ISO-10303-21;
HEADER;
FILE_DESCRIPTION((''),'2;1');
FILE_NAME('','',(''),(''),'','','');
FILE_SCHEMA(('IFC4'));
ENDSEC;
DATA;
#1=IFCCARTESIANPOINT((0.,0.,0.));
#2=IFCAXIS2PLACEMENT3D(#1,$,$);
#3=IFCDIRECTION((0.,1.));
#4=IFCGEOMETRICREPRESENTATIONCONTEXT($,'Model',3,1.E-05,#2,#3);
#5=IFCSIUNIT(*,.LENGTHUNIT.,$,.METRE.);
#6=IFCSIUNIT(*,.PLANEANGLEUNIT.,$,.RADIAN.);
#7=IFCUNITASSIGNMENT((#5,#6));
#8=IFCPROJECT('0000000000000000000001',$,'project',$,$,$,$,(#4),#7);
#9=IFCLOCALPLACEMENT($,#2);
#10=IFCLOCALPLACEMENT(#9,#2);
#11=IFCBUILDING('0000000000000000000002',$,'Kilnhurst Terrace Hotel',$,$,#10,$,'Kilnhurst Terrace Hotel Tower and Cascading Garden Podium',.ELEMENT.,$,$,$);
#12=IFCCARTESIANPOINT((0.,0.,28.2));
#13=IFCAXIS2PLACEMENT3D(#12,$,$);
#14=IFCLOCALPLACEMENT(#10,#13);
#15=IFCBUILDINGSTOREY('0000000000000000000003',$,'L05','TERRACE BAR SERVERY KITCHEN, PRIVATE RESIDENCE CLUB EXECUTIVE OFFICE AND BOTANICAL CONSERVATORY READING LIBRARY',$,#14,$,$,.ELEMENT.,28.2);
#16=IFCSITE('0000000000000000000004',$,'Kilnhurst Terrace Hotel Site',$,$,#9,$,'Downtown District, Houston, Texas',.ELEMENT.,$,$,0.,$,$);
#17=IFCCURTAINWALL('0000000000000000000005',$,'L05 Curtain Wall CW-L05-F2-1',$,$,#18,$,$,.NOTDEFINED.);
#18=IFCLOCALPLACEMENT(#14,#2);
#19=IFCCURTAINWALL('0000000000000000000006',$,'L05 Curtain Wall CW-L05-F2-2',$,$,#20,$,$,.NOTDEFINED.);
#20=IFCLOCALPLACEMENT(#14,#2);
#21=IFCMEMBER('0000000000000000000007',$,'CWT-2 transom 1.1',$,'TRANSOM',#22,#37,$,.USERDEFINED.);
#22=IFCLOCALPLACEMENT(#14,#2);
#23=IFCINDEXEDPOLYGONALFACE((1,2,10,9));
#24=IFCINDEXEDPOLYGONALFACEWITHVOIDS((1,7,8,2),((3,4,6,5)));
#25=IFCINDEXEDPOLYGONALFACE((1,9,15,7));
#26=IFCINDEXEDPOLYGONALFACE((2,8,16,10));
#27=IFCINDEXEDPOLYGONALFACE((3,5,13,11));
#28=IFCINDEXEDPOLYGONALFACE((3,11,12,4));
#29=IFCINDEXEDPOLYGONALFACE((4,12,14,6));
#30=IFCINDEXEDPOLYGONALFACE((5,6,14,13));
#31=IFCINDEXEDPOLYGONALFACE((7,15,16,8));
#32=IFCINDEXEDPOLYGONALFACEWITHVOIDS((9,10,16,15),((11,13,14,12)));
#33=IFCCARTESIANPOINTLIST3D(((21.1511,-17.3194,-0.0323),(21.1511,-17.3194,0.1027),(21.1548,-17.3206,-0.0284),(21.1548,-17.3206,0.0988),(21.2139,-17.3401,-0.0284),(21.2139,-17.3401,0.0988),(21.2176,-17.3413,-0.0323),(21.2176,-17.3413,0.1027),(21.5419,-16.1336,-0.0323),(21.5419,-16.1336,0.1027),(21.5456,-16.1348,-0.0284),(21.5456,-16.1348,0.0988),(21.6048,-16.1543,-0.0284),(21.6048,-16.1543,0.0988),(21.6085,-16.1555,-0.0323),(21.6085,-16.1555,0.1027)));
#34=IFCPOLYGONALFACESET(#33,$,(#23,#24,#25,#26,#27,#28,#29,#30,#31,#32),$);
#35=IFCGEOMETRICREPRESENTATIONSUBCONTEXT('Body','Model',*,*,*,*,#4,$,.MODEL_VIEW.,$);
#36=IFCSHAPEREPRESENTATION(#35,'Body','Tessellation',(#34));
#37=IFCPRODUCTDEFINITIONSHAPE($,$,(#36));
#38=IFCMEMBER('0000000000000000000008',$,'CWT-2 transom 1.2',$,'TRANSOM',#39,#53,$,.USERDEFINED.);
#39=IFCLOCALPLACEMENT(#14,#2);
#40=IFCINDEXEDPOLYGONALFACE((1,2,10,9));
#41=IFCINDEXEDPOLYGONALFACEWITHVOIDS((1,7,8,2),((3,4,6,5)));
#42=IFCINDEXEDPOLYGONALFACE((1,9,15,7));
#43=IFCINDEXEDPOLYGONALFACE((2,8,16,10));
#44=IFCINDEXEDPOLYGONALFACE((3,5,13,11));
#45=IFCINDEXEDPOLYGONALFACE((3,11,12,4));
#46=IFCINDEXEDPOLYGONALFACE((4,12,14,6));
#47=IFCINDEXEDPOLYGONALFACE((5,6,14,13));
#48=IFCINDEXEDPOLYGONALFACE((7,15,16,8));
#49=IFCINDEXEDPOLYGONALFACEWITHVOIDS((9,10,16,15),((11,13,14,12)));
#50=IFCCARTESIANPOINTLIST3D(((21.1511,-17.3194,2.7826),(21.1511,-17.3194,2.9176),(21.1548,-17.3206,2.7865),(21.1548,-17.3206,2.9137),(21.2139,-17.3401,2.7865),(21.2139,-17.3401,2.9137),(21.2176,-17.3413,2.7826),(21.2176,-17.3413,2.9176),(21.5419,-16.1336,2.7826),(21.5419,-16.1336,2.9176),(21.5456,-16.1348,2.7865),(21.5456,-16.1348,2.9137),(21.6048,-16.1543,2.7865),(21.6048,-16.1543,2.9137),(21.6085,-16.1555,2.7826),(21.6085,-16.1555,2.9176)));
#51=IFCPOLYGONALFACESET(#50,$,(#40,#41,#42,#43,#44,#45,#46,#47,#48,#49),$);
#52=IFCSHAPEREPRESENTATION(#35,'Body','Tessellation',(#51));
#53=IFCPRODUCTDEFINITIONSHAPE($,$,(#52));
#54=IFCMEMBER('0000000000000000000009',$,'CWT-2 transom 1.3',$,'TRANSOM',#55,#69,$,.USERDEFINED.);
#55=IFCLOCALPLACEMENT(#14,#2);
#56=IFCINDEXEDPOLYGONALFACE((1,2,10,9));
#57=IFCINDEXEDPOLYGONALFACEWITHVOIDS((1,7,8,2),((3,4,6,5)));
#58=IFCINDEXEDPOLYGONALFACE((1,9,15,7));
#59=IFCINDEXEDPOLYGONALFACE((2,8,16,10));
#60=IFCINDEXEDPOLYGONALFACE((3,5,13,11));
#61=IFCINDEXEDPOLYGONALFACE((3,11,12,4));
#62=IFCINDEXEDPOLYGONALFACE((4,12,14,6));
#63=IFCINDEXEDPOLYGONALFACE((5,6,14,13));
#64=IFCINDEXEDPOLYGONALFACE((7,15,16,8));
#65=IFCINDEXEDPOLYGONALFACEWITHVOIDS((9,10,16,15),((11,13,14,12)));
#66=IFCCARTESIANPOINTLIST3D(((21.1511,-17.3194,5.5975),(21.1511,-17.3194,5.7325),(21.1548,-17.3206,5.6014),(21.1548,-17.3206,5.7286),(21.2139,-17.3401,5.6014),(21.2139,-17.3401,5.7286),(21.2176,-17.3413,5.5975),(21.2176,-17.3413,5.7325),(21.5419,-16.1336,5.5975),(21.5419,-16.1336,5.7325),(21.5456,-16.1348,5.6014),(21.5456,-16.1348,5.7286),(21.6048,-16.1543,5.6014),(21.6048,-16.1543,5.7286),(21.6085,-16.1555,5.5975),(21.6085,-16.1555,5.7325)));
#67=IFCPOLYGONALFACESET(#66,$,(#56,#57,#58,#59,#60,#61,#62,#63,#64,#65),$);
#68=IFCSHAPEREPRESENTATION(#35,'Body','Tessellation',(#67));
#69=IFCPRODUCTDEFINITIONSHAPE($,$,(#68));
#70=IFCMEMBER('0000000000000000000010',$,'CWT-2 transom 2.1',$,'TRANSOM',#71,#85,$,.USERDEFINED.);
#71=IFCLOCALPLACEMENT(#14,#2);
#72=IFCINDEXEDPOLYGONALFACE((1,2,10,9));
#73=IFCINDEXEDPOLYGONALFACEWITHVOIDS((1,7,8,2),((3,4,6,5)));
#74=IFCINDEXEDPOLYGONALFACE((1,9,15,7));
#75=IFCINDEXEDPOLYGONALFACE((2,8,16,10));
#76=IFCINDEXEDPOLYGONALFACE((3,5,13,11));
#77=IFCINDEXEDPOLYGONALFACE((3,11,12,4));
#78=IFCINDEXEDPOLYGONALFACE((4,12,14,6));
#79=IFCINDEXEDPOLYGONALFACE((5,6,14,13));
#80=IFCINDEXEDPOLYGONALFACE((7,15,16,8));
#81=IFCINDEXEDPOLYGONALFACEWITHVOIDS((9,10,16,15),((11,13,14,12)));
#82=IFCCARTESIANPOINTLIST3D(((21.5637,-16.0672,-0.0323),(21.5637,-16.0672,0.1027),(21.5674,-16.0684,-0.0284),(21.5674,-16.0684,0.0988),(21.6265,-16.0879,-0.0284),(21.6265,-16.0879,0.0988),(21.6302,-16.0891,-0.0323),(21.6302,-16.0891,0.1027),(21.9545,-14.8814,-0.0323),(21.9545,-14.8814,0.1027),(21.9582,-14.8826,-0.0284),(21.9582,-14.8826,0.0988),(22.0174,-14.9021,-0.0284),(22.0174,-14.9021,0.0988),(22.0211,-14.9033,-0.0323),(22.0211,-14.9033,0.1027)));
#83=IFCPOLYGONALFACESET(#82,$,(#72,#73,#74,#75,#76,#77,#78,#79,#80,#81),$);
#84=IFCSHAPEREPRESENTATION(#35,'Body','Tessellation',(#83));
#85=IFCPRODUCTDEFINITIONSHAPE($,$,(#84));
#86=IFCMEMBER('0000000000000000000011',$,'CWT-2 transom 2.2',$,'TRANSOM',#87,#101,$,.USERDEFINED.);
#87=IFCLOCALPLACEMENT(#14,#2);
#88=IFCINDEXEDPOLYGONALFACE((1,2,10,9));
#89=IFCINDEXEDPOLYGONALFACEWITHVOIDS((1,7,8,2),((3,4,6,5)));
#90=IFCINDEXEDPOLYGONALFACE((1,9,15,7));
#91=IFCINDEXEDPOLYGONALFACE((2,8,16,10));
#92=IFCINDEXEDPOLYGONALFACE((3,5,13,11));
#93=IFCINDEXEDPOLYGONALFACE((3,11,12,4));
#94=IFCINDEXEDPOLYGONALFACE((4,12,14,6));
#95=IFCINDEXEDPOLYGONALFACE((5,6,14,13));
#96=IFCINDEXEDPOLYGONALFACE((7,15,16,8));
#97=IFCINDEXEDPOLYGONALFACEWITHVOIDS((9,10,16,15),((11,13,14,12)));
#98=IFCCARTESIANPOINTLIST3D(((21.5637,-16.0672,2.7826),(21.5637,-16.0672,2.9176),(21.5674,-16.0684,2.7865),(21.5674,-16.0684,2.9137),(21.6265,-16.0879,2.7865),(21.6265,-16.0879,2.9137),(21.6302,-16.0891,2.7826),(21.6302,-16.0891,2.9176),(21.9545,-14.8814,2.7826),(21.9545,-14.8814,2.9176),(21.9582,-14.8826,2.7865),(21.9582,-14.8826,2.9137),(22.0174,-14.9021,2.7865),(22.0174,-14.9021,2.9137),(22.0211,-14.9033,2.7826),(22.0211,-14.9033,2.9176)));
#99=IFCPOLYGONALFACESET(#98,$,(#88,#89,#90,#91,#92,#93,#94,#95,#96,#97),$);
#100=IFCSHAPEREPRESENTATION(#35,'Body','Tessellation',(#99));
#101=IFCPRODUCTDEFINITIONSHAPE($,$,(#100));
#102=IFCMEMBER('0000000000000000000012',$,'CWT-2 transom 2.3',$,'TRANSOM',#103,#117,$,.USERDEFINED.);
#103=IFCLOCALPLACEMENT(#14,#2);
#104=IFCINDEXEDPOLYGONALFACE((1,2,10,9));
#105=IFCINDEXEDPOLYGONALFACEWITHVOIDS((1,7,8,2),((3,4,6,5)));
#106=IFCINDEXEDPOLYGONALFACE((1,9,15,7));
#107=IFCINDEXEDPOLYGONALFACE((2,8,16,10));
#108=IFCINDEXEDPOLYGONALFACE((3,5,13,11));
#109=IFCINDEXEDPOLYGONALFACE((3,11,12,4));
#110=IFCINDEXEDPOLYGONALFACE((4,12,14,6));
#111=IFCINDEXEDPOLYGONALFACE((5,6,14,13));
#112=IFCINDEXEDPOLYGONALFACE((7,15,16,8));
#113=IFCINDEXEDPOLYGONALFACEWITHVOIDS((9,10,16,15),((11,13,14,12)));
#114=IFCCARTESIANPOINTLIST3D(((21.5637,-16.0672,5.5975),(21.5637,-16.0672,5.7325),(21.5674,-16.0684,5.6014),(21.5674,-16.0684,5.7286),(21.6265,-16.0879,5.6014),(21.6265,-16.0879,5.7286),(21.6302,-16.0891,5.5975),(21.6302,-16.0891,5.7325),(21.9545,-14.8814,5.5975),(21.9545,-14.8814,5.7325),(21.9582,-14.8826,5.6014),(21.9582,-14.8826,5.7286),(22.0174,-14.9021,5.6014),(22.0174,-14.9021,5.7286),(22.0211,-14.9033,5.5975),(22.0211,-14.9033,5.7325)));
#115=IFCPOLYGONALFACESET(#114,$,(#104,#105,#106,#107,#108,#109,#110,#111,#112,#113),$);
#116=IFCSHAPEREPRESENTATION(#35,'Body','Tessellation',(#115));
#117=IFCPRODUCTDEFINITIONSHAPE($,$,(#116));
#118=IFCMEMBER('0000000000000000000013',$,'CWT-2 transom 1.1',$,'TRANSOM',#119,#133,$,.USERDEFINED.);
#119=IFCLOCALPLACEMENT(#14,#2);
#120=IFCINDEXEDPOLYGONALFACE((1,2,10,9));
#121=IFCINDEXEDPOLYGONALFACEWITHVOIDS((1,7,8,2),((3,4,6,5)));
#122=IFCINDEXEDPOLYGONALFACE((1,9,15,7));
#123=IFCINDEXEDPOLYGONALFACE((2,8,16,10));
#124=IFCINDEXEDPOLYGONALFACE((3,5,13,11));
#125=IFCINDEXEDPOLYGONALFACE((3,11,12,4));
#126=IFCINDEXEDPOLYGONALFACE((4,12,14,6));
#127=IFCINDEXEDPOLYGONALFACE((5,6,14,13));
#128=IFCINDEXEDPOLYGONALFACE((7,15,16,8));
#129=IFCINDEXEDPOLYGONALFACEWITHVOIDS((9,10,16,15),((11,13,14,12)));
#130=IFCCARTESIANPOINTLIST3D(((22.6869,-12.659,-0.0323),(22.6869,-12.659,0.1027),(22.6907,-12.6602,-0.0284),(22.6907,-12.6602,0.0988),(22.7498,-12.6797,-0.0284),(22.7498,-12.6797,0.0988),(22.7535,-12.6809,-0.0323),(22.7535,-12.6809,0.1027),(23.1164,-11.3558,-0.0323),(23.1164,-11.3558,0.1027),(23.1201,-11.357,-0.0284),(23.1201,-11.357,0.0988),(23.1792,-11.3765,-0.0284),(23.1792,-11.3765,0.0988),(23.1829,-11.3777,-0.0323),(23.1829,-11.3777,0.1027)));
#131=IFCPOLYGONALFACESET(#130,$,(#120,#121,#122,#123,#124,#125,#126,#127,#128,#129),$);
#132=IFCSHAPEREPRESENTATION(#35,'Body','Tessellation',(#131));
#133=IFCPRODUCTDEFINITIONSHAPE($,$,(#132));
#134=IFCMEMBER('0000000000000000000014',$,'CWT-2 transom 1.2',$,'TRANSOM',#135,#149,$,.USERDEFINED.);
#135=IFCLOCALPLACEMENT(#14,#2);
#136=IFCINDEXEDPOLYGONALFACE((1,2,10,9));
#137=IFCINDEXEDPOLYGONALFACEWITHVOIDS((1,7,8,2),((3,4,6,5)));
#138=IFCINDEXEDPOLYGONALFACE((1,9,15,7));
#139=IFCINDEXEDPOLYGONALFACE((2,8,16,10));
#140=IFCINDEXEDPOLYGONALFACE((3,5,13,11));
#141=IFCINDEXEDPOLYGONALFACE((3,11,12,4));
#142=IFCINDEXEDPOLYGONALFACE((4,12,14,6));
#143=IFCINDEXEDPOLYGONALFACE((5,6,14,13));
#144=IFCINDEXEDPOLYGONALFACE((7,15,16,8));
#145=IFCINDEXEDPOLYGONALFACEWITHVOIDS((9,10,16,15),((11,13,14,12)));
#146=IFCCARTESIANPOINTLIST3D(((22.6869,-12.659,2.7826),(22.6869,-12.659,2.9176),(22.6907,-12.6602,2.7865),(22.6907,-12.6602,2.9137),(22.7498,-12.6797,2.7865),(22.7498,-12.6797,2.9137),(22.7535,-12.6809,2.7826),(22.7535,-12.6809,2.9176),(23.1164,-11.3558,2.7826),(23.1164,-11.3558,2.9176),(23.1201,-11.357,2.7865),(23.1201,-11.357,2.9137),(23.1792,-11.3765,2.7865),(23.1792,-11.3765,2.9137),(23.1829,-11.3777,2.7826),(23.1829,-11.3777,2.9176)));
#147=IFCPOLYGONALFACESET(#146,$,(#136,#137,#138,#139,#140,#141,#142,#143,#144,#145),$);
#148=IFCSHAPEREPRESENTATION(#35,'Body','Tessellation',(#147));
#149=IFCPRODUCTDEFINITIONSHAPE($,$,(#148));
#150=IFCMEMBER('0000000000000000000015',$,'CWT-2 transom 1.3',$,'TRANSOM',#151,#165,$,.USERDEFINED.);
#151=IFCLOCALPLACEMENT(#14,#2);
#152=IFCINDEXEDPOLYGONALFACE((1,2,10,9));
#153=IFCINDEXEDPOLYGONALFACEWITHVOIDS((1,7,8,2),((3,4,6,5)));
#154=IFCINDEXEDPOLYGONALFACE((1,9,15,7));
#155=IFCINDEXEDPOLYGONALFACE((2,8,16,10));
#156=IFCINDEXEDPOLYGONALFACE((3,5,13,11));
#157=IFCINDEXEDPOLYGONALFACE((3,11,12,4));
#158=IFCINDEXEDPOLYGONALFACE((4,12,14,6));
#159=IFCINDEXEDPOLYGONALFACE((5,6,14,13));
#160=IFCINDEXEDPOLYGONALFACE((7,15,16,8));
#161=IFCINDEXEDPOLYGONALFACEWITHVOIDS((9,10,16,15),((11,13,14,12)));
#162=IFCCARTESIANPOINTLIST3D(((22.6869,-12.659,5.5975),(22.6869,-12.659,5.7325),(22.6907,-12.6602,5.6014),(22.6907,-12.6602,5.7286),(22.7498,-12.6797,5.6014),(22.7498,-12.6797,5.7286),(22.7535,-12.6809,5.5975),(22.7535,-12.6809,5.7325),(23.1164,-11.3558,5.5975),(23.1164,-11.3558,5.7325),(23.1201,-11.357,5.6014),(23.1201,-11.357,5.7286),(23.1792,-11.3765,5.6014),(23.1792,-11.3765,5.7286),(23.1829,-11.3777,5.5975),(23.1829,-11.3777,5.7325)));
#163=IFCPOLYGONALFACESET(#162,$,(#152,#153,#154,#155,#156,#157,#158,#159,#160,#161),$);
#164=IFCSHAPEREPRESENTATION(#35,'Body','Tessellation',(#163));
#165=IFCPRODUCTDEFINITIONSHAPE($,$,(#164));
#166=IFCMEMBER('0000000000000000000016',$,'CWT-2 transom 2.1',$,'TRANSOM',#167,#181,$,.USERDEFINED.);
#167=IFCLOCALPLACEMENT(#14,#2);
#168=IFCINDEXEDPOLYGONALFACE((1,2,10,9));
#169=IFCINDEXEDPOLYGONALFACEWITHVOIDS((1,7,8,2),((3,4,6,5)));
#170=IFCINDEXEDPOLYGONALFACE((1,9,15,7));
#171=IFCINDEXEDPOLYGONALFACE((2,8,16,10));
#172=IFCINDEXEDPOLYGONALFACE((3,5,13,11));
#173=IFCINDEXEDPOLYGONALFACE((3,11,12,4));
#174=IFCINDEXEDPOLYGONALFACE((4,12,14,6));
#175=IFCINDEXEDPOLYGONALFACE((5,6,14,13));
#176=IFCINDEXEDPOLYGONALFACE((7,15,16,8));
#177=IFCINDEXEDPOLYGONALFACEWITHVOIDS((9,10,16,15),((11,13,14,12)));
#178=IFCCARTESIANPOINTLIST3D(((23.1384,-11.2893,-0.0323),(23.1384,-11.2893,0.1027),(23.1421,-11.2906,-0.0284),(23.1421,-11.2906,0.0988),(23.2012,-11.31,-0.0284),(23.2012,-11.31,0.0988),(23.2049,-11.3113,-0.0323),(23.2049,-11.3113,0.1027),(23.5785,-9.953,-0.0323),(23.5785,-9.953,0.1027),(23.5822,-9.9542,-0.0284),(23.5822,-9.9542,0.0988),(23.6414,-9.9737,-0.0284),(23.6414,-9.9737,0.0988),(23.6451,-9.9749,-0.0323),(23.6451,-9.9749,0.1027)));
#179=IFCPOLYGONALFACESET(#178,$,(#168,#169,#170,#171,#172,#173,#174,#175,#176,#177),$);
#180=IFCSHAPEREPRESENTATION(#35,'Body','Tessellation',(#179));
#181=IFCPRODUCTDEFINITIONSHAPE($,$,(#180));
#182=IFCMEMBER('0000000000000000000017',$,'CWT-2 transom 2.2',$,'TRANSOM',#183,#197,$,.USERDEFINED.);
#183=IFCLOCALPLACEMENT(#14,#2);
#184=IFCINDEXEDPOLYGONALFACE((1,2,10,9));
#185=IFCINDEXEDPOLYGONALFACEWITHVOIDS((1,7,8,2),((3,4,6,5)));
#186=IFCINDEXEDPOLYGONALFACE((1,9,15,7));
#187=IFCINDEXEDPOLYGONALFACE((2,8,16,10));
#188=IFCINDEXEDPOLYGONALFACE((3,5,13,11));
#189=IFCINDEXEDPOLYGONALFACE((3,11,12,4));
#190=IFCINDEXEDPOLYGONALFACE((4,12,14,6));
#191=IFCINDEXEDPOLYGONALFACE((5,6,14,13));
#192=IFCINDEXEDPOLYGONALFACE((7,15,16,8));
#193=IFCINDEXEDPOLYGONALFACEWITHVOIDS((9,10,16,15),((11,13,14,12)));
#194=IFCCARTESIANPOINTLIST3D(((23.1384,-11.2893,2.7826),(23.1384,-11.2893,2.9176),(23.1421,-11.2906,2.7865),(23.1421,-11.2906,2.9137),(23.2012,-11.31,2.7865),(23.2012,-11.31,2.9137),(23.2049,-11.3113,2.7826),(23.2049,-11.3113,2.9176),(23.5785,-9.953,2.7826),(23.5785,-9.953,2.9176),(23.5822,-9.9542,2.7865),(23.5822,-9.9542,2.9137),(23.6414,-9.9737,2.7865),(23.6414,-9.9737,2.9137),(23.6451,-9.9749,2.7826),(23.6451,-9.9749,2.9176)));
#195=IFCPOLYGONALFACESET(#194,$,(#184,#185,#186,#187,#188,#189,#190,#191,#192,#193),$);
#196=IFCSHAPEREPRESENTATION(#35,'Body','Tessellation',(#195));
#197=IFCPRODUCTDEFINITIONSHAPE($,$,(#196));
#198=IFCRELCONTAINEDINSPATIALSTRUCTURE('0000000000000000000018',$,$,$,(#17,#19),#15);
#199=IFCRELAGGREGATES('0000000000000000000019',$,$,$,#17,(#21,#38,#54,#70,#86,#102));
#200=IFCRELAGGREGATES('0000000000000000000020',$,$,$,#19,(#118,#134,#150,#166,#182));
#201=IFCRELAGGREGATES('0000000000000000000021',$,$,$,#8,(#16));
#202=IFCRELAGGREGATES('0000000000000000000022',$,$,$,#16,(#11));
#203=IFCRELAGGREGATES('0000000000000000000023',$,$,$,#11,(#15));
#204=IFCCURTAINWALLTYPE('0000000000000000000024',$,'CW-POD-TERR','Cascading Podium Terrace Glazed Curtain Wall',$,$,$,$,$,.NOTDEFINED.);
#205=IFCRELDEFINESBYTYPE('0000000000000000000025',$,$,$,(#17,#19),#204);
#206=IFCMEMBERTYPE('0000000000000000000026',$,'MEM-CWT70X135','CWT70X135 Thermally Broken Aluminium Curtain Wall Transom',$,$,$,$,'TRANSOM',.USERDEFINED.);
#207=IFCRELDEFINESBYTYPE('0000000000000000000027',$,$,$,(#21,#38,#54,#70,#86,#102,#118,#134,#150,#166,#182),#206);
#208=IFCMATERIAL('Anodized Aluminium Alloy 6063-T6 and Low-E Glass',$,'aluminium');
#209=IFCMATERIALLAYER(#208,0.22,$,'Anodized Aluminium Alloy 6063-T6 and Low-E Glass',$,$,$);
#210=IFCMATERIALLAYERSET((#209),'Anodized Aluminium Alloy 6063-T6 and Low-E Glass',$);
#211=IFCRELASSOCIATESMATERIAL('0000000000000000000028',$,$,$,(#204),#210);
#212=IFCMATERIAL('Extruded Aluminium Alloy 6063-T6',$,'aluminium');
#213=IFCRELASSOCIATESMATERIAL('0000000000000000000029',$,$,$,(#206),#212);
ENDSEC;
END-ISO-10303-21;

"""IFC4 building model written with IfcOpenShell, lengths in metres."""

from ifc_helpers import new_model, si_unit, direction, frame, origin, origin_2d, place, context, subcontext, project, spatial, hollow_rectangle, extrude, material, layer, layer_set, material_profile, profile_set, type_object, element, aggregate, save


model = new_model("IFC4")

# Units and contexts
model_context = context("Model", 3, precision=1e-05, world=origin(), true_north=direction((0.0, 1.0)))
body_context = subcontext(model_context, "Body", "Model", "MODEL_VIEW")
ifc_project = project(units=[si_unit("LENGTHUNIT", "METRE"), si_unit("PLANEANGLEUNIT", "RADIAN")], contexts=[model_context])

# Site, building, storey
site_placement = place(None, origin())
site = spatial("IfcSite", under=ifc_project, at=site_placement, Name="Kilnhurst Terrace Hotel Site", LongName="Downtown District, Houston, Texas", CompositionType="ELEMENT", RefElevation=0.0)
building_placement = place(site_placement, origin())
building = spatial("IfcBuilding", under=site, at=building_placement, Name="Kilnhurst Terrace Hotel", LongName="Kilnhurst Terrace Hotel Tower and Cascading Garden Podium", CompositionType="ELEMENT")
storey_placement = place(building_placement, frame((0.0, 0.0, 28.2)))
storey = spatial("IfcBuildingStorey", under=building, at=storey_placement, Name="L05", Description="TERRACE BAR SERVERY KITCHEN, PRIVATE RESIDENCE CLUB EXECUTIVE OFFICE AND BOTANICAL CONSERVATORY READING LIBRARY", CompositionType="ELEMENT", Elevation=28.2)

# Curtain walls
ifc_material_1 = material(Name="Anodized Aluminium Alloy 6063-T6 and Low-E Glass", Category="aluminium")
ifc_layer_1 = layer(ifc_material_1, 0.22, Name="Anodized Aluminium Alloy 6063-T6 and Low-E Glass")
ifc_layer_set_1 = layer_set([ifc_layer_1], Name="Anodized Aluminium Alloy 6063-T6 and Low-E Glass")
curtain_wall_type = type_object("IfcCurtainWallType", Name="CW-POD-TERR", Description="Cascading Podium Terrace Glazed Curtain Wall", PredefinedType="NOTDEFINED", material=ifc_layer_set_1)
curtain_wall_1_placement = place(storey_placement, origin())
curtain_wall_1 = element("IfcCurtainWall", 1, at=curtain_wall_1_placement, inside=storey, type_object=curtain_wall_type, Name="L05 Curtain Wall CW-L05-F2-1", PredefinedType="NOTDEFINED")
ifc_material_2 = material(Name="Extruded Aluminium Alloy 6063-T6", Category="aluminium")
curtain_wall_2_placement = place(storey_placement, origin())
curtain_wall_2 = element("IfcCurtainWall", 2, at=curtain_wall_2_placement, inside=storey, type_object=curtain_wall_type, Name="L05 Curtain Wall CW-L05-F2-2", PredefinedType="NOTDEFINED")

# Members
ifc_material_profile_1 = material_profile(ifc_material_2, hollow_rectangle(XDim=0.0701, YDim=0.135, WallThickness=0.0039, at=origin_2d()), Name="CWT70X135")
ifc_profile_set_1 = profile_set([ifc_material_profile_1], Name="Extruded Aluminium Alloy 6063-T6")
member_type_1 = type_object("IfcMemberType", Name="MEM-CWT70X135", Description="CWT70X135 Thermally Broken Aluminium Curtain Wall Transom", ElementType="TRANSOM", PredefinedType="USERDEFINED", material=ifc_profile_set_1)
member_1_placement = place(storey_placement, frame((21.1843, -17.3303, 0.0352), z_axis=(0.313058, 0.949734, 0.0), x_axis=(-0.949734, 0.313058, 0.0)))
member_1 = element("IfcMember", 3, at=member_1_placement, type_object=member_type_1, Name="CWT-2 transom 1.1", ObjectType="TRANSOM", PredefinedType="USERDEFINED", context=body_context, shape_type="SweptSolid", body=[
    extrude(hollow_rectangle(XDim=0.0701, YDim=0.135, WallThickness=0.0039, at=origin_2d()), origin(), (0.0, 0.0, 1.0), 1.2485),
])
member_2_placement = place(storey_placement, frame((21.1843, -17.3303, 2.8501), z_axis=(0.313058, 0.949734, 0.0), x_axis=(-0.949734, 0.313058, 0.0)))
member_2 = element("IfcMember", 4, at=member_2_placement, type_object=member_type_1, Name="CWT-2 transom 1.2", ObjectType="TRANSOM", PredefinedType="USERDEFINED", context=body_context, shape_type="SweptSolid", body=[
    extrude(hollow_rectangle(XDim=0.0701, YDim=0.135, WallThickness=0.0039, at=origin_2d()), origin(), (0.0, 0.0, 1.0), 1.2485),
])
member_3_placement = place(storey_placement, frame((21.1843, -17.3303, 5.665), z_axis=(0.313058, 0.949734, 0.0), x_axis=(-0.949734, 0.313058, 0.0)))
member_3 = element("IfcMember", 5, at=member_3_placement, type_object=member_type_1, Name="CWT-2 transom 1.3", ObjectType="TRANSOM", PredefinedType="USERDEFINED", context=body_context, shape_type="SweptSolid", body=[
    extrude(hollow_rectangle(XDim=0.0701, YDim=0.135, WallThickness=0.0039, at=origin_2d()), origin(), (0.0, 0.0, 1.0), 1.2485),
])
member_4_placement = place(storey_placement, frame((21.5969, -16.0781, 0.0352), z_axis=(0.313058, 0.949734, 0.0), x_axis=(-0.949734, 0.313058, 0.0)))
member_4 = element("IfcMember", 6, at=member_4_placement, type_object=member_type_1, Name="CWT-2 transom 2.1", ObjectType="TRANSOM", PredefinedType="USERDEFINED", context=body_context, shape_type="SweptSolid", body=[
    extrude(hollow_rectangle(XDim=0.0701, YDim=0.135, WallThickness=0.0039, at=origin_2d()), origin(), (0.0, 0.0, 1.0), 1.2485),
])
member_5_placement = place(storey_placement, frame((21.5969, -16.0781, 2.8501), z_axis=(0.313058, 0.949734, 0.0), x_axis=(-0.949734, 0.313058, 0.0)))
member_5 = element("IfcMember", 7, at=member_5_placement, type_object=member_type_1, Name="CWT-2 transom 2.2", ObjectType="TRANSOM", PredefinedType="USERDEFINED", context=body_context, shape_type="SweptSolid", body=[
    extrude(hollow_rectangle(XDim=0.0701, YDim=0.135, WallThickness=0.0039, at=origin_2d()), origin(), (0.0, 0.0, 1.0), 1.2485),
])
member_6_placement = place(storey_placement, frame((21.5969, -16.0781, 5.665), z_axis=(0.313058, 0.949734, 0.0), x_axis=(-0.949734, 0.313058, 0.0)))
member_6 = element("IfcMember", 8, at=member_6_placement, type_object=member_type_1, Name="CWT-2 transom 2.3", ObjectType="TRANSOM", PredefinedType="USERDEFINED", context=body_context, shape_type="SweptSolid", body=[
    extrude(hollow_rectangle(XDim=0.0701, YDim=0.135, WallThickness=0.0039, at=origin_2d()), origin(), (0.0, 0.0, 1.0), 1.2485),
])
member_7_placement = place(storey_placement, frame((22.7202, -12.6699, 0.0352), z_axis=(0.31297, 0.949763, 0.0), x_axis=(-0.949763, 0.31297, 0.0)))
member_7 = element("IfcMember", 9, at=member_7_placement, type_object=member_type_1, Name="CWT-2 transom 1.1", ObjectType="TRANSOM", PredefinedType="USERDEFINED", context=body_context, shape_type="SweptSolid", body=[
    extrude(hollow_rectangle(XDim=0.0701, YDim=0.135, WallThickness=0.0039, at=origin_2d()), origin(), (0.0, 0.0, 1.0), 1.3721),
])
member_8_placement = place(storey_placement, frame((22.7202, -12.6699, 2.8501), z_axis=(0.31297, 0.949763, 0.0), x_axis=(-0.949763, 0.31297, 0.0)))
member_8 = element("IfcMember", 10, at=member_8_placement, type_object=member_type_1, Name="CWT-2 transom 1.2", ObjectType="TRANSOM", PredefinedType="USERDEFINED", context=body_context, shape_type="SweptSolid", body=[
    extrude(hollow_rectangle(XDim=0.0701, YDim=0.135, WallThickness=0.0039, at=origin_2d()), origin(), (0.0, 0.0, 1.0), 1.3721),
])
member_9_placement = place(storey_placement, frame((22.7202, -12.6699, 5.665), z_axis=(0.31297, 0.949763, 0.0), x_axis=(-0.949763, 0.31297, 0.0)))
member_9 = element("IfcMember", 11, at=member_9_placement, type_object=member_type_1, Name="CWT-2 transom 1.3", ObjectType="TRANSOM", PredefinedType="USERDEFINED", context=body_context, shape_type="SweptSolid", body=[
    extrude(hollow_rectangle(XDim=0.0701, YDim=0.135, WallThickness=0.0039, at=origin_2d()), origin(), (0.0, 0.0, 1.0), 1.3721),
])
member_10_placement = place(storey_placement, frame((23.1716, -11.3003, 0.0352), z_axis=(0.312842, 0.949805, 0.0), x_axis=(-0.949805, 0.312842, 0.0)))
member_10 = element("IfcMember", 12, at=member_10_placement, type_object=member_type_1, Name="CWT-2 transom 2.1", ObjectType="TRANSOM", PredefinedType="USERDEFINED", context=body_context, shape_type="SweptSolid", body=[
    extrude(hollow_rectangle(XDim=0.0701, YDim=0.135, WallThickness=0.0039, at=origin_2d()), origin(), (0.0, 0.0, 1.0), 1.407),
])
member_11_placement = place(storey_placement, frame((23.1716, -11.3003, 2.8501), z_axis=(0.312842, 0.949805, 0.0), x_axis=(-0.949805, 0.312842, 0.0)))
member_11 = element("IfcMember", 13, at=member_11_placement, type_object=member_type_1, Name="CWT-2 transom 2.2", ObjectType="TRANSOM", PredefinedType="USERDEFINED", context=body_context, shape_type="SweptSolid", body=[
    extrude(hollow_rectangle(XDim=0.0701, YDim=0.135, WallThickness=0.0039, at=origin_2d()), origin(), (0.0, 0.0, 1.0), 1.407),
])

aggregate(curtain_wall_1, [member_1, member_2, member_3, member_4, member_5, member_6])
aggregate(curtain_wall_2, [member_7, member_8, member_9, member_10, member_11])

save(model, "model.ifc")
